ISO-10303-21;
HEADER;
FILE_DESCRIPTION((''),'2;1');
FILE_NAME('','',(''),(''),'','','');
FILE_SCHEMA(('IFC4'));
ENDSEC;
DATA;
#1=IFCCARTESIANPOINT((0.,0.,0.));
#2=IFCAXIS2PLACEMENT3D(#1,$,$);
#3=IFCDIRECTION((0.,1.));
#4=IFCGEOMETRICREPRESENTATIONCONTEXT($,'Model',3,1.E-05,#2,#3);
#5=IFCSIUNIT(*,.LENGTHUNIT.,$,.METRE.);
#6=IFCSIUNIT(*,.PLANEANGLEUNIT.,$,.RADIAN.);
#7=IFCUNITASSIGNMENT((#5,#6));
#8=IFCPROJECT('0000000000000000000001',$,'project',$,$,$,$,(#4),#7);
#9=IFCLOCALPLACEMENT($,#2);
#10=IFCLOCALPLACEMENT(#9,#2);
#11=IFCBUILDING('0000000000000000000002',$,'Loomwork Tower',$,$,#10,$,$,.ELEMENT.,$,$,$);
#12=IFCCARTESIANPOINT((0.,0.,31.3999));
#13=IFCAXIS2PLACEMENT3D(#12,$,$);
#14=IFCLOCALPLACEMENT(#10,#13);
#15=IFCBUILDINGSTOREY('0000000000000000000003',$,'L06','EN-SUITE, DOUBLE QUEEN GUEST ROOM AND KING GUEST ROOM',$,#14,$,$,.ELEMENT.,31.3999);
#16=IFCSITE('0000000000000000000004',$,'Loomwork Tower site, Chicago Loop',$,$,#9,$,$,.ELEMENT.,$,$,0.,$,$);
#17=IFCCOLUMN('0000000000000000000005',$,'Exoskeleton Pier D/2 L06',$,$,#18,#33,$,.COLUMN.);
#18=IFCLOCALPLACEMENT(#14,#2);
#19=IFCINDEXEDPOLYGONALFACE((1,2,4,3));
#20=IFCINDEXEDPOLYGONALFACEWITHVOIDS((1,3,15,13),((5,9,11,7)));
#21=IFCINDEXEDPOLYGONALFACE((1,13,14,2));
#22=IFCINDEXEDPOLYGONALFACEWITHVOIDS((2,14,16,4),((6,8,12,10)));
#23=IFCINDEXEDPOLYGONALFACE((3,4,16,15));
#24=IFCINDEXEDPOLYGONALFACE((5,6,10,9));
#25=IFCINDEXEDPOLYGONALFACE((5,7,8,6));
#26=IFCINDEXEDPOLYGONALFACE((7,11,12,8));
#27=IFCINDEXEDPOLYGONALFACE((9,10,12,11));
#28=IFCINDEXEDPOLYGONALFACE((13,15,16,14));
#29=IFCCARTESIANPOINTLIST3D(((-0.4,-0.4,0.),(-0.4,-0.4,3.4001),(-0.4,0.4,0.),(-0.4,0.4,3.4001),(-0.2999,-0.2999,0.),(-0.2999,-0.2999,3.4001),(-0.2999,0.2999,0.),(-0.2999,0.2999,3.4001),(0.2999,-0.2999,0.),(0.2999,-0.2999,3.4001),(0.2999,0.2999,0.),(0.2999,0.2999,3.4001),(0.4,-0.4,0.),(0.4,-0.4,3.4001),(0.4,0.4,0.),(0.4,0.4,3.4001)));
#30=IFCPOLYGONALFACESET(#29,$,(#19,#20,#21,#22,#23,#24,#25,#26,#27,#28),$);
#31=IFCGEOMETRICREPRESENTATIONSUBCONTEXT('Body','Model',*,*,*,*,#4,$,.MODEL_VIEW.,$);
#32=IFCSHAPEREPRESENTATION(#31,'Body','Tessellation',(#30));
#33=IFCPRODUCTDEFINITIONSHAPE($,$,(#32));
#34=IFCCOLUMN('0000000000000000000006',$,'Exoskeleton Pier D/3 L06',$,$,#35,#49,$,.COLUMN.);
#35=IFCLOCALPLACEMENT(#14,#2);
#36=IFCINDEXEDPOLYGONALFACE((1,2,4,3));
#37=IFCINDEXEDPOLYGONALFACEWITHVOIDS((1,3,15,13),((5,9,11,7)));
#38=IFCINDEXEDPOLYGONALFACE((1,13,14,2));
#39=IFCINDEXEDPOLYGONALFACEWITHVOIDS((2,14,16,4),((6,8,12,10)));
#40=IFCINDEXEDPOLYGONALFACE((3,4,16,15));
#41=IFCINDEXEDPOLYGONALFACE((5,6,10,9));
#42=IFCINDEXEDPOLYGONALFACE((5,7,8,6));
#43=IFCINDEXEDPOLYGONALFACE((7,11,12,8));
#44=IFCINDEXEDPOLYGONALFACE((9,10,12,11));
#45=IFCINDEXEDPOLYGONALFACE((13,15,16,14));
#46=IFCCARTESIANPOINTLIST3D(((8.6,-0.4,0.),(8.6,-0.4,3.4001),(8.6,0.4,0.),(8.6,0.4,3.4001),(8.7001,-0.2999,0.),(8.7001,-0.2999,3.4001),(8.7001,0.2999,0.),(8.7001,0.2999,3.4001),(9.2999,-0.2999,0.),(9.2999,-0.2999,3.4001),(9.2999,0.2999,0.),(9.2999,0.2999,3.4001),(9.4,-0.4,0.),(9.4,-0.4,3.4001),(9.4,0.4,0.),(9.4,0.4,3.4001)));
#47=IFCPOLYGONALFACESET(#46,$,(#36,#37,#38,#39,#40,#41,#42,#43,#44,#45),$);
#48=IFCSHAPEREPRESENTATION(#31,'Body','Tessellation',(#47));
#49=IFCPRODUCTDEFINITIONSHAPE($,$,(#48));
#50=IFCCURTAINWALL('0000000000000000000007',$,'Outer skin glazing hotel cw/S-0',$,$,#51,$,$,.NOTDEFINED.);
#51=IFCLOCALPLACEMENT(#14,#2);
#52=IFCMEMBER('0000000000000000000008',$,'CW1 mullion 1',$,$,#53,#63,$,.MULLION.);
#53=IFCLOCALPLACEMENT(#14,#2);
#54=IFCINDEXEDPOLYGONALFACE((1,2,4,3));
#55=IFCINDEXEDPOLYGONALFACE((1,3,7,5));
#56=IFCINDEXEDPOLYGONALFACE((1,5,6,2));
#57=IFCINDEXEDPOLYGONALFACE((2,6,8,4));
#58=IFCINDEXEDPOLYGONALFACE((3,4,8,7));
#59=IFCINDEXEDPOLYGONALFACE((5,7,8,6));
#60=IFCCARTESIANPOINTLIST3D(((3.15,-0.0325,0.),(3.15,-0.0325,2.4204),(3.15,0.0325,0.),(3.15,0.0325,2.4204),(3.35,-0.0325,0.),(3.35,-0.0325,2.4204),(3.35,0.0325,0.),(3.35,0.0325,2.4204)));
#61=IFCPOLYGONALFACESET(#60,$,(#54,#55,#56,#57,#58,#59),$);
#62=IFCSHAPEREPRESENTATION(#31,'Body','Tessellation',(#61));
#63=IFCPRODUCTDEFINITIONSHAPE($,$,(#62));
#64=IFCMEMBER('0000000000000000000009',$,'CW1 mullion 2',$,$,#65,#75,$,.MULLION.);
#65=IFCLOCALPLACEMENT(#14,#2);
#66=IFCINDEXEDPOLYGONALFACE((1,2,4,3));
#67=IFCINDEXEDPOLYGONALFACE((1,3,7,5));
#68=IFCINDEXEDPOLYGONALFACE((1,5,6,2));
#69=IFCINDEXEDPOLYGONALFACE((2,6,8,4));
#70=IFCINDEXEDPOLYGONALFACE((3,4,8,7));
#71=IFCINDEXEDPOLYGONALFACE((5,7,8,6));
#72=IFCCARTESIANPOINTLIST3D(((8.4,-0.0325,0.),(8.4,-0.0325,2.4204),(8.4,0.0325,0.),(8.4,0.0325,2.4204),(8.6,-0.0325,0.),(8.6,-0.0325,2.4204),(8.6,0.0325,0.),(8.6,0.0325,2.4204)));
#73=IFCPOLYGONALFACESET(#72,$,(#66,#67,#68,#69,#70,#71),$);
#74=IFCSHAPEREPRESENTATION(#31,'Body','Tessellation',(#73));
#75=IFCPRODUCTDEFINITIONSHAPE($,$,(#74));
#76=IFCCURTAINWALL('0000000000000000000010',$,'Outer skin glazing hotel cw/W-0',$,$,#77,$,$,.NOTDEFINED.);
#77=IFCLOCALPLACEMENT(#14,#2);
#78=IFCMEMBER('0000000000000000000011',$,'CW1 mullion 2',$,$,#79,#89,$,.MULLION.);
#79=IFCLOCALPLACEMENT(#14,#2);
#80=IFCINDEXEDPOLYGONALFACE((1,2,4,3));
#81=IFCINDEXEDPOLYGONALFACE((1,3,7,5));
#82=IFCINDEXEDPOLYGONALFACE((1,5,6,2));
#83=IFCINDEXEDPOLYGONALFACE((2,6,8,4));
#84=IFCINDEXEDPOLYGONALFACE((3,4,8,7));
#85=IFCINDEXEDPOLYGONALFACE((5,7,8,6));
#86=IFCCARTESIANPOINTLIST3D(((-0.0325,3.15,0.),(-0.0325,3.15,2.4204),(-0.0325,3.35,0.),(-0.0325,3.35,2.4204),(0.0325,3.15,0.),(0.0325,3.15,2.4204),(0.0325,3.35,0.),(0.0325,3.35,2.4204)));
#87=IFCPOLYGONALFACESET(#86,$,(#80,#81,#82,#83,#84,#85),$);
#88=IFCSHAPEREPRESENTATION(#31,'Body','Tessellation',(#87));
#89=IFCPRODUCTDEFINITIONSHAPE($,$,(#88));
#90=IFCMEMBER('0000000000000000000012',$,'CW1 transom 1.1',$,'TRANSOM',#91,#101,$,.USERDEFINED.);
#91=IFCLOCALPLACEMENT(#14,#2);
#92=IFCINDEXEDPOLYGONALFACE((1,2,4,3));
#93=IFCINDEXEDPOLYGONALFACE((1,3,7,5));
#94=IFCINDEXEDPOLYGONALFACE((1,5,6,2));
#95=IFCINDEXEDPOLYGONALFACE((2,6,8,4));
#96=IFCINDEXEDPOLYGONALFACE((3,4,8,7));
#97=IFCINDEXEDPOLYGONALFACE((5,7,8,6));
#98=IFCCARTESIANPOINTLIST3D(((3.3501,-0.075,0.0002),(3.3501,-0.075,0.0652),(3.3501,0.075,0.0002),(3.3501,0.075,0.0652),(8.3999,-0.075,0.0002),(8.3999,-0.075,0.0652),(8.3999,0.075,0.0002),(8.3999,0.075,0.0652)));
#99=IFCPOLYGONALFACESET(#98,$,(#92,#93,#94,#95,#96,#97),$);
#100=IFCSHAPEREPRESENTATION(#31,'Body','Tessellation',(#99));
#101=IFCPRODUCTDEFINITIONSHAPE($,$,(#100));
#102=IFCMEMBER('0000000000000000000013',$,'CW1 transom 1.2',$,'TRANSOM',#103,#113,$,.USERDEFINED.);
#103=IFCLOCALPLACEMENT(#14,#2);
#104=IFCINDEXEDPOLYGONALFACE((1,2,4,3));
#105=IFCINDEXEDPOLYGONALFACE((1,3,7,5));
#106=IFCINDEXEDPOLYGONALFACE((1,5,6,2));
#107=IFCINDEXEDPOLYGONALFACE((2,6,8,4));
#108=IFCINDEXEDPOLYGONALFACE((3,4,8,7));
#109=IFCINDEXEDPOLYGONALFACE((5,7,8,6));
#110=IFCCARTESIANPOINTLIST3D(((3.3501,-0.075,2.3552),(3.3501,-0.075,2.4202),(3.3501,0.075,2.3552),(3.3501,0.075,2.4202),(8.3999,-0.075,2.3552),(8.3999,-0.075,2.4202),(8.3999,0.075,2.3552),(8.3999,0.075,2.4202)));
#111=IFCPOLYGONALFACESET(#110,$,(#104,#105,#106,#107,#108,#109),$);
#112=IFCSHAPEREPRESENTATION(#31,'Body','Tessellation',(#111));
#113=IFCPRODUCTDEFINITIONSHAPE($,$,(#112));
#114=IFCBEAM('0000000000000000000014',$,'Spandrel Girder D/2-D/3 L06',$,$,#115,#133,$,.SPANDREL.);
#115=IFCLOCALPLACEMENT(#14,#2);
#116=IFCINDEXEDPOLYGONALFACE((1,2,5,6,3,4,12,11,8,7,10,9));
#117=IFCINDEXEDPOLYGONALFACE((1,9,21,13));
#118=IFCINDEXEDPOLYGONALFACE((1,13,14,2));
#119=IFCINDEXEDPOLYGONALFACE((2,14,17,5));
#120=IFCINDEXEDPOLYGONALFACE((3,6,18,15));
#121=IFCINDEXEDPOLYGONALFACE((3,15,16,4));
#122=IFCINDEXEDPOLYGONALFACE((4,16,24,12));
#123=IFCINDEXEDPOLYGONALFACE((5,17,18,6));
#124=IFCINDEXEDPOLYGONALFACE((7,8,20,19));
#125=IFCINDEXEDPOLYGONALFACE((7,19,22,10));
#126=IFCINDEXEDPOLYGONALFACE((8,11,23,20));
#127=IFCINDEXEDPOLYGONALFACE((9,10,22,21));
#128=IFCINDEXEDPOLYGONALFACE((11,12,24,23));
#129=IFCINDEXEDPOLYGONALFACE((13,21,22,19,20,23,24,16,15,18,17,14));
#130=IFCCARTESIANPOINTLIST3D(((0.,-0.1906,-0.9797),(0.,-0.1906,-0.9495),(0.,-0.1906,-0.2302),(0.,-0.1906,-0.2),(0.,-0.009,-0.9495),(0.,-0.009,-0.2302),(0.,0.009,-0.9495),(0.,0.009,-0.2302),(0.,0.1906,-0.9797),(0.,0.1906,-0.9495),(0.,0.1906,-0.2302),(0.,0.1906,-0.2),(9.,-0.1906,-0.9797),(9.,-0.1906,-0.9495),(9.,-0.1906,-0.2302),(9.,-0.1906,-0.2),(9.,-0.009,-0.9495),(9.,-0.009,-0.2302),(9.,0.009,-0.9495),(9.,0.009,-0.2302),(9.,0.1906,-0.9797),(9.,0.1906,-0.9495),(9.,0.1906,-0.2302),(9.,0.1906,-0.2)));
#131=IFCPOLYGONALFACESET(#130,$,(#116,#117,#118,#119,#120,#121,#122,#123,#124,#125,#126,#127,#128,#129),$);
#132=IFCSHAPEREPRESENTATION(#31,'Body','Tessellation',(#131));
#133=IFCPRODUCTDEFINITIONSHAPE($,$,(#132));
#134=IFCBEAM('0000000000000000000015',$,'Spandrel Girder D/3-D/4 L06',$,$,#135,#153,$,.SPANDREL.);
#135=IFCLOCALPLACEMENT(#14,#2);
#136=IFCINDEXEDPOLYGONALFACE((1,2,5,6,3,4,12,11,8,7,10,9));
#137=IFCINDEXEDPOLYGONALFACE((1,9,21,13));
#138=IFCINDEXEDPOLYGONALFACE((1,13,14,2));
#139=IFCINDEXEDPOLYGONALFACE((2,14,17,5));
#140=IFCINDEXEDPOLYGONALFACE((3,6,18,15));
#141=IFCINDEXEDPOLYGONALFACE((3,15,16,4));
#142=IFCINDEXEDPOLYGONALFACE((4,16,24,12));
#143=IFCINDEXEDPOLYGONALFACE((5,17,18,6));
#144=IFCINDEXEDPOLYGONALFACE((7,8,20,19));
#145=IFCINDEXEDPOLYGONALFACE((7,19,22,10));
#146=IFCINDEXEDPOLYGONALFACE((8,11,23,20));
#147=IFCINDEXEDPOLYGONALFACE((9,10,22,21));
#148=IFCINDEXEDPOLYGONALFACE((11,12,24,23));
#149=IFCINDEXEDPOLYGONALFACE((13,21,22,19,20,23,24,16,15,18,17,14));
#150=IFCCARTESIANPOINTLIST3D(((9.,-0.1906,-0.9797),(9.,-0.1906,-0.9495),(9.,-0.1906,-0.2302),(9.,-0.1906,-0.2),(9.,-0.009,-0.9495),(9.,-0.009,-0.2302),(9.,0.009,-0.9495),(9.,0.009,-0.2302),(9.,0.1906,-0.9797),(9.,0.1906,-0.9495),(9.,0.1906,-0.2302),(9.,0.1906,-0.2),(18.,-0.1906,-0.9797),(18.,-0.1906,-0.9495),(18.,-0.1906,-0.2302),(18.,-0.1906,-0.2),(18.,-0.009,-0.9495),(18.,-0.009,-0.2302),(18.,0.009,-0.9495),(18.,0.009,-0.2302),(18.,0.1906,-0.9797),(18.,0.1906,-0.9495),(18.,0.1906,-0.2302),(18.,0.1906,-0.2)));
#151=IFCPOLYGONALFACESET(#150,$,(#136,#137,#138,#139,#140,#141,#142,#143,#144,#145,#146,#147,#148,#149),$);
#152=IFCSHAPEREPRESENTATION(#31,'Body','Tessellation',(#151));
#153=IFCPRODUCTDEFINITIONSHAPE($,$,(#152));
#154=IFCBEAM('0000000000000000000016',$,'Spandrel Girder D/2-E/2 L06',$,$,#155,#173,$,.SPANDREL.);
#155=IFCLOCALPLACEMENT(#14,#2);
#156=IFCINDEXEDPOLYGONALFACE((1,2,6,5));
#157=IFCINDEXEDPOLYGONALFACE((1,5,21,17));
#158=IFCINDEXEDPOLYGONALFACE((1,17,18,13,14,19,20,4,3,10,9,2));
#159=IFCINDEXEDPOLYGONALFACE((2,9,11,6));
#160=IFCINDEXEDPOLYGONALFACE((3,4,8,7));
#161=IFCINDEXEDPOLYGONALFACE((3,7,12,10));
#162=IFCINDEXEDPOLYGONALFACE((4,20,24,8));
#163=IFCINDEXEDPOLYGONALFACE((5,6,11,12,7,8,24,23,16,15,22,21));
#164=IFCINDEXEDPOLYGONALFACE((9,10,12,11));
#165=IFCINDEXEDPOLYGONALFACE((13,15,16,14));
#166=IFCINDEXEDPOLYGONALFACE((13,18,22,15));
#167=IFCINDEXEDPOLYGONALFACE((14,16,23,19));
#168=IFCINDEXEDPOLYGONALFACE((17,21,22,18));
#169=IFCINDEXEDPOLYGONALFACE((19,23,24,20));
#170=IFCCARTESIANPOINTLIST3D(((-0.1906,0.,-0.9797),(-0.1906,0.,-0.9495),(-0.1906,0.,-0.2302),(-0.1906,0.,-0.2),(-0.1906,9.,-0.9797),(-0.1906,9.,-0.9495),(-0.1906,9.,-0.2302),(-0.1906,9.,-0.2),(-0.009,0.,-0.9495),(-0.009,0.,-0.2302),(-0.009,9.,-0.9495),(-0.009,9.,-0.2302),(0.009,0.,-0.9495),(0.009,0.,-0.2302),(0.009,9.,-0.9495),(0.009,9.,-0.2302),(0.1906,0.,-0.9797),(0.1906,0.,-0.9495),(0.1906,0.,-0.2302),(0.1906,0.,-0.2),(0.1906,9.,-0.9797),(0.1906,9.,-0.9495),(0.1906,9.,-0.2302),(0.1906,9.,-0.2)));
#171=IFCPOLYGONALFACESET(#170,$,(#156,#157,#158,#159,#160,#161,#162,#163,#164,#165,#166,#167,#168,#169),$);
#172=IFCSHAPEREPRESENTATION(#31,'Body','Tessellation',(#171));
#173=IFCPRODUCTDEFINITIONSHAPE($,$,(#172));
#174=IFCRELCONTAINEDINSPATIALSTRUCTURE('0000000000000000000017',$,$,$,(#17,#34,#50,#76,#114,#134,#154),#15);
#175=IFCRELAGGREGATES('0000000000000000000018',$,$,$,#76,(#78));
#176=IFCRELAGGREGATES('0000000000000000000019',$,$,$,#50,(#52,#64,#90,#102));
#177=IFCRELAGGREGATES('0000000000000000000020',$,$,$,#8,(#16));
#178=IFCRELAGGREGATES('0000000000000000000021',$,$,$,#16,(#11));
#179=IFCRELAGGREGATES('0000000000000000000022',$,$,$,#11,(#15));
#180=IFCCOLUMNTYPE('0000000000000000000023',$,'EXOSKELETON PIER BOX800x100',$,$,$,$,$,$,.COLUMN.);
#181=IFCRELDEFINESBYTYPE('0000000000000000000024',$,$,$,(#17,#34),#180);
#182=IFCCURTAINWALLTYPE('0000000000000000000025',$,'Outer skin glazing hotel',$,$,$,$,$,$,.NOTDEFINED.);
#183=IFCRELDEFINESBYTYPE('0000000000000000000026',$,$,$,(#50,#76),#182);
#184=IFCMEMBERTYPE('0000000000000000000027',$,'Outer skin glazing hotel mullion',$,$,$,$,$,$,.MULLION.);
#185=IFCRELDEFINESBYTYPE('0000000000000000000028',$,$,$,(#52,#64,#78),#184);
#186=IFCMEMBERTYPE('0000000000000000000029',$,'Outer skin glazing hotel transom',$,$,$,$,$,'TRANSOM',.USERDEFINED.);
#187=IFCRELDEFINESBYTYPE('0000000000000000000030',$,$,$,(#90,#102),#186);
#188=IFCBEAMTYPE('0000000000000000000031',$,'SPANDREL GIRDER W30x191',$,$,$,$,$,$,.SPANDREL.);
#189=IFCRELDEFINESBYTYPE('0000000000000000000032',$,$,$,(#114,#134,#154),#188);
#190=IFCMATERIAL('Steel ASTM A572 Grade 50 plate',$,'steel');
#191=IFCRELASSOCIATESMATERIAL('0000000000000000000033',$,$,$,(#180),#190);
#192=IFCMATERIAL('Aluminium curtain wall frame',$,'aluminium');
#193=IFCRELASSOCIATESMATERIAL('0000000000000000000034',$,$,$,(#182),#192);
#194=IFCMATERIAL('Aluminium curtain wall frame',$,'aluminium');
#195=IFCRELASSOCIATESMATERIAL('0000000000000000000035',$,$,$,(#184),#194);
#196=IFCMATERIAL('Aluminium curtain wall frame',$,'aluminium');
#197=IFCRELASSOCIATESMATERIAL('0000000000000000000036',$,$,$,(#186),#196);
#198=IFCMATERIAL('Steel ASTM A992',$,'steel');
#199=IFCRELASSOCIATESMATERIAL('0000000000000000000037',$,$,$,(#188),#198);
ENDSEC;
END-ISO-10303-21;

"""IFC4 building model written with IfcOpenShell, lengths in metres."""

from ifc_helpers import new_model, si_unit, direction, frame, origin, origin_2d, place, context, subcontext, project, spatial, rectangle, hollow_rectangle, i_section, extrude, material, material_profile, profile_set, type_object, element, aggregate, save


model = new_model("IFC4")

# Units and contexts
model_context = context("Model", 3, precision=1e-05, world=origin(), true_north=direction((0.0, 1.0)))
body_context = subcontext(model_context, "Body", "Model", "MODEL_VIEW")
ifc_project = project(units=[si_unit("LENGTHUNIT", "METRE"), si_unit("PLANEANGLEUNIT", "RADIAN")], contexts=[model_context])

# Site, building, storey
site_placement = place(None, origin())
site = spatial("IfcSite", under=ifc_project, at=site_placement, Name="Loomwork Tower site, Chicago Loop", CompositionType="ELEMENT", RefElevation=0.0)
building_placement = place(site_placement, origin())
building = spatial("IfcBuilding", under=site, at=building_placement, Name="Loomwork Tower", CompositionType="ELEMENT")
storey_placement = place(building_placement, frame((0.0, 0.0, 31.3999)))
storey = spatial("IfcBuildingStorey", under=building, at=storey_placement, Name="L06", Description="EN-SUITE, DOUBLE QUEEN GUEST ROOM AND KING GUEST ROOM", CompositionType="ELEMENT", Elevation=31.3999)

# Columns
ifc_material_1 = material(Name="Steel ASTM A572 Grade 50 plate", Category="steel")
ifc_material_profile_1 = material_profile(ifc_material_1, hollow_rectangle(XDim=0.8, YDim=0.8, WallThickness=0.1001, at=origin_2d()), Name="BOX800x100")
ifc_profile_set_1 = profile_set([ifc_material_profile_1], Name="Steel ASTM A572 Grade 50 plate")
column_type = type_object("IfcColumnType", Name="EXOSKELETON PIER BOX800x100", PredefinedType="COLUMN", material=ifc_profile_set_1)
for number, where, z_axis, x_axis, name in (
    (1, (0.0, 0.0, 0.0), (0.0, 0.0, 1.0), (1.0, 0.0, 0.0), "Exoskeleton Pier D/2 L06"),
    (2, (9.0, 0.0, 0.0), (0.0, 0.0, 1.0), (1.0, 0.0, 0.0), "Exoskeleton Pier D/3 L06"),
):
    element("IfcColumn", number, at=place(storey_placement, frame(where, z_axis=z_axis, x_axis=x_axis)), inside=storey, type_object=column_type, Name=name, PredefinedType="COLUMN", context=body_context, shape_type="SweptSolid", body=[
        extrude(hollow_rectangle(XDim=0.8, YDim=0.8, WallThickness=0.1001, at=origin_2d()), origin(), (0.0, 0.0, 1.0), 3.4001),
    ])

# Curtain wall, members
ifc_material_2 = material(Name="Aluminium curtain wall frame", Category="aluminium")
curtain_wall_type = type_object("IfcCurtainWallType", Name="Outer skin glazing hotel", PredefinedType="NOTDEFINED", material=ifc_material_2)
curtain_wall_1_placement = place(storey_placement, origin())
curtain_wall_1 = element("IfcCurtainWall", 3, at=curtain_wall_1_placement, inside=storey, type_object=curtain_wall_type, Name="Outer skin glazing hotel cw/S-0", PredefinedType="NOTDEFINED")
ifc_material_3 = material(Name="Aluminium curtain wall frame", Category="aluminium")
ifc_material_profile_2 = material_profile(ifc_material_3, rectangle(XDim=0.0649, YDim=0.2, at=origin_2d()), Name="AL 65x200")
ifc_profile_set_2 = profile_set([ifc_material_profile_2], Name="Aluminium curtain wall frame")
member_type_1 = type_object("IfcMemberType", Name="Outer skin glazing hotel mullion", PredefinedType="MULLION", material=ifc_profile_set_2)
member_1_placement = place(storey_placement, frame((3.25, 0.0, 0.0), z_axis=(0.0, 0.0, 1.0), x_axis=(0.0, 1.0, 0.0)))
member_1 = element("IfcMember", 4, at=member_1_placement, type_object=member_type_1, Name="CW1 mullion 1", PredefinedType="MULLION", context=body_context, shape_type="SweptSolid", body=[
    extrude(rectangle(XDim=0.0649, YDim=0.2, at=origin_2d()), origin(), (0.0, 0.0, 1.0), 2.4204),
])
member_2_placement = place(storey_placement, frame((8.5, 0.0, 0.0), z_axis=(0.0, 0.0, 1.0), x_axis=(0.0, 1.0, 0.0)))
member_2 = element("IfcMember", 5, at=member_2_placement, type_object=member_type_1, Name="CW1 mullion 2", PredefinedType="MULLION", context=body_context, shape_type="SweptSolid", body=[
    extrude(rectangle(XDim=0.0649, YDim=0.2, at=origin_2d()), origin(), (0.0, 0.0, 1.0), 2.4204),
])

# Curtain wall, member
curtain_wall_2_placement = place(storey_placement, origin())
curtain_wall_2 = element("IfcCurtainWall", 6, at=curtain_wall_2_placement, inside=storey, type_object=curtain_wall_type, Name="Outer skin glazing hotel cw/W-0", PredefinedType="NOTDEFINED")
member_3_placement = place(storey_placement, frame((0.0, 3.25, 0.0), z_axis=(0.0, 0.0, 1.0), x_axis=(1.0, 0.0, 0.0)))
member_3 = element("IfcMember", 7, at=member_3_placement, type_object=member_type_1, Name="CW1 mullion 2", PredefinedType="MULLION", context=body_context, shape_type="SweptSolid", body=[
    extrude(rectangle(XDim=0.0649, YDim=0.2, at=origin_2d()), origin(), (0.0, 0.0, 1.0), 2.4204),
])
aggregate(curtain_wall_2, [member_3])

# Members
ifc_material_4 = material(Name="Aluminium curtain wall frame", Category="aluminium")
ifc_material_profile_3 = material_profile(ifc_material_4, rectangle(XDim=0.1499, YDim=0.0649, at=origin_2d()), Name="AL 65x150")
ifc_profile_set_3 = profile_set([ifc_material_profile_3], Name="Aluminium curtain wall frame")
member_type_2 = type_object("IfcMemberType", Name="Outer skin glazing hotel transom", ElementType="TRANSOM", PredefinedType="USERDEFINED", material=ifc_profile_set_3)
member_4_placement = place(storey_placement, frame((3.3501, 0.0, 0.0327), z_axis=(1.0, 0.0, 0.0), x_axis=(0.0, 1.0, 0.0)))
member_4 = element("IfcMember", 8, at=member_4_placement, type_object=member_type_2, Name="CW1 transom 1.1", ObjectType="TRANSOM", PredefinedType="USERDEFINED", context=body_context, shape_type="SweptSolid", body=[
    extrude(rectangle(XDim=0.1499, YDim=0.0649, at=origin_2d()), origin(), (0.0, 0.0, 1.0), 5.0498),
])
member_5_placement = place(storey_placement, frame((3.3501, 0.0, 2.3877), z_axis=(1.0, 0.0, 0.0), x_axis=(0.0, 1.0, 0.0)))
member_5 = element("IfcMember", 9, at=member_5_placement, type_object=member_type_2, Name="CW1 transom 1.2", ObjectType="TRANSOM", PredefinedType="USERDEFINED", context=body_context, shape_type="SweptSolid", body=[
    extrude(rectangle(XDim=0.1499, YDim=0.0649, at=origin_2d()), origin(), (0.0, 0.0, 1.0), 5.0498),
])

# Beams
ifc_material_5 = material(Name="Steel ASTM A992", Category="steel")
ifc_material_profile_4 = material_profile(ifc_material_5, i_section(OverallWidth=0.3811, OverallDepth=0.7798, WebThickness=0.0181, FlangeThickness=0.0303, at=origin_2d()), Name="W30x191")
ifc_profile_set_4 = profile_set([ifc_material_profile_4], Name="Steel ASTM A992")
beam_type = type_object("IfcBeamType", Name="SPANDREL GIRDER W30x191", PredefinedType="SPANDREL", material=ifc_profile_set_4)
for number, where, z_axis, x_axis, name in (
    (10, (0.0, 0.0, -0.5898), (1.0, 0.0, 0.0), (0.0, 1.0, 0.0), "Spandrel Girder D/2-D/3 L06"),
    (11, (9.0, 0.0, -0.5898), (1.0, 0.0, 0.0), (0.0, 1.0, 0.0), "Spandrel Girder D/3-D/4 L06"),
    (12, (0.0, 0.0, -0.5898), (0.0, 1.0, 0.0), (-1.0, 0.0, 0.0), "Spandrel Girder D/2-E/2 L06"),
):
    element("IfcBeam", number, at=place(storey_placement, frame(where, z_axis=z_axis, x_axis=x_axis)), inside=storey, type_object=beam_type, Name=name, PredefinedType="SPANDREL", context=body_context, shape_type="SweptSolid", body=[
        extrude(i_section(OverallWidth=0.3811, OverallDepth=0.7798, WebThickness=0.0181, FlangeThickness=0.0303, at=origin_2d()), origin(), (0.0, 0.0, 1.0), 9.0),
    ])

aggregate(curtain_wall_1, [member_1, member_2, member_4, member_5])

save(model, "model.ifc")
